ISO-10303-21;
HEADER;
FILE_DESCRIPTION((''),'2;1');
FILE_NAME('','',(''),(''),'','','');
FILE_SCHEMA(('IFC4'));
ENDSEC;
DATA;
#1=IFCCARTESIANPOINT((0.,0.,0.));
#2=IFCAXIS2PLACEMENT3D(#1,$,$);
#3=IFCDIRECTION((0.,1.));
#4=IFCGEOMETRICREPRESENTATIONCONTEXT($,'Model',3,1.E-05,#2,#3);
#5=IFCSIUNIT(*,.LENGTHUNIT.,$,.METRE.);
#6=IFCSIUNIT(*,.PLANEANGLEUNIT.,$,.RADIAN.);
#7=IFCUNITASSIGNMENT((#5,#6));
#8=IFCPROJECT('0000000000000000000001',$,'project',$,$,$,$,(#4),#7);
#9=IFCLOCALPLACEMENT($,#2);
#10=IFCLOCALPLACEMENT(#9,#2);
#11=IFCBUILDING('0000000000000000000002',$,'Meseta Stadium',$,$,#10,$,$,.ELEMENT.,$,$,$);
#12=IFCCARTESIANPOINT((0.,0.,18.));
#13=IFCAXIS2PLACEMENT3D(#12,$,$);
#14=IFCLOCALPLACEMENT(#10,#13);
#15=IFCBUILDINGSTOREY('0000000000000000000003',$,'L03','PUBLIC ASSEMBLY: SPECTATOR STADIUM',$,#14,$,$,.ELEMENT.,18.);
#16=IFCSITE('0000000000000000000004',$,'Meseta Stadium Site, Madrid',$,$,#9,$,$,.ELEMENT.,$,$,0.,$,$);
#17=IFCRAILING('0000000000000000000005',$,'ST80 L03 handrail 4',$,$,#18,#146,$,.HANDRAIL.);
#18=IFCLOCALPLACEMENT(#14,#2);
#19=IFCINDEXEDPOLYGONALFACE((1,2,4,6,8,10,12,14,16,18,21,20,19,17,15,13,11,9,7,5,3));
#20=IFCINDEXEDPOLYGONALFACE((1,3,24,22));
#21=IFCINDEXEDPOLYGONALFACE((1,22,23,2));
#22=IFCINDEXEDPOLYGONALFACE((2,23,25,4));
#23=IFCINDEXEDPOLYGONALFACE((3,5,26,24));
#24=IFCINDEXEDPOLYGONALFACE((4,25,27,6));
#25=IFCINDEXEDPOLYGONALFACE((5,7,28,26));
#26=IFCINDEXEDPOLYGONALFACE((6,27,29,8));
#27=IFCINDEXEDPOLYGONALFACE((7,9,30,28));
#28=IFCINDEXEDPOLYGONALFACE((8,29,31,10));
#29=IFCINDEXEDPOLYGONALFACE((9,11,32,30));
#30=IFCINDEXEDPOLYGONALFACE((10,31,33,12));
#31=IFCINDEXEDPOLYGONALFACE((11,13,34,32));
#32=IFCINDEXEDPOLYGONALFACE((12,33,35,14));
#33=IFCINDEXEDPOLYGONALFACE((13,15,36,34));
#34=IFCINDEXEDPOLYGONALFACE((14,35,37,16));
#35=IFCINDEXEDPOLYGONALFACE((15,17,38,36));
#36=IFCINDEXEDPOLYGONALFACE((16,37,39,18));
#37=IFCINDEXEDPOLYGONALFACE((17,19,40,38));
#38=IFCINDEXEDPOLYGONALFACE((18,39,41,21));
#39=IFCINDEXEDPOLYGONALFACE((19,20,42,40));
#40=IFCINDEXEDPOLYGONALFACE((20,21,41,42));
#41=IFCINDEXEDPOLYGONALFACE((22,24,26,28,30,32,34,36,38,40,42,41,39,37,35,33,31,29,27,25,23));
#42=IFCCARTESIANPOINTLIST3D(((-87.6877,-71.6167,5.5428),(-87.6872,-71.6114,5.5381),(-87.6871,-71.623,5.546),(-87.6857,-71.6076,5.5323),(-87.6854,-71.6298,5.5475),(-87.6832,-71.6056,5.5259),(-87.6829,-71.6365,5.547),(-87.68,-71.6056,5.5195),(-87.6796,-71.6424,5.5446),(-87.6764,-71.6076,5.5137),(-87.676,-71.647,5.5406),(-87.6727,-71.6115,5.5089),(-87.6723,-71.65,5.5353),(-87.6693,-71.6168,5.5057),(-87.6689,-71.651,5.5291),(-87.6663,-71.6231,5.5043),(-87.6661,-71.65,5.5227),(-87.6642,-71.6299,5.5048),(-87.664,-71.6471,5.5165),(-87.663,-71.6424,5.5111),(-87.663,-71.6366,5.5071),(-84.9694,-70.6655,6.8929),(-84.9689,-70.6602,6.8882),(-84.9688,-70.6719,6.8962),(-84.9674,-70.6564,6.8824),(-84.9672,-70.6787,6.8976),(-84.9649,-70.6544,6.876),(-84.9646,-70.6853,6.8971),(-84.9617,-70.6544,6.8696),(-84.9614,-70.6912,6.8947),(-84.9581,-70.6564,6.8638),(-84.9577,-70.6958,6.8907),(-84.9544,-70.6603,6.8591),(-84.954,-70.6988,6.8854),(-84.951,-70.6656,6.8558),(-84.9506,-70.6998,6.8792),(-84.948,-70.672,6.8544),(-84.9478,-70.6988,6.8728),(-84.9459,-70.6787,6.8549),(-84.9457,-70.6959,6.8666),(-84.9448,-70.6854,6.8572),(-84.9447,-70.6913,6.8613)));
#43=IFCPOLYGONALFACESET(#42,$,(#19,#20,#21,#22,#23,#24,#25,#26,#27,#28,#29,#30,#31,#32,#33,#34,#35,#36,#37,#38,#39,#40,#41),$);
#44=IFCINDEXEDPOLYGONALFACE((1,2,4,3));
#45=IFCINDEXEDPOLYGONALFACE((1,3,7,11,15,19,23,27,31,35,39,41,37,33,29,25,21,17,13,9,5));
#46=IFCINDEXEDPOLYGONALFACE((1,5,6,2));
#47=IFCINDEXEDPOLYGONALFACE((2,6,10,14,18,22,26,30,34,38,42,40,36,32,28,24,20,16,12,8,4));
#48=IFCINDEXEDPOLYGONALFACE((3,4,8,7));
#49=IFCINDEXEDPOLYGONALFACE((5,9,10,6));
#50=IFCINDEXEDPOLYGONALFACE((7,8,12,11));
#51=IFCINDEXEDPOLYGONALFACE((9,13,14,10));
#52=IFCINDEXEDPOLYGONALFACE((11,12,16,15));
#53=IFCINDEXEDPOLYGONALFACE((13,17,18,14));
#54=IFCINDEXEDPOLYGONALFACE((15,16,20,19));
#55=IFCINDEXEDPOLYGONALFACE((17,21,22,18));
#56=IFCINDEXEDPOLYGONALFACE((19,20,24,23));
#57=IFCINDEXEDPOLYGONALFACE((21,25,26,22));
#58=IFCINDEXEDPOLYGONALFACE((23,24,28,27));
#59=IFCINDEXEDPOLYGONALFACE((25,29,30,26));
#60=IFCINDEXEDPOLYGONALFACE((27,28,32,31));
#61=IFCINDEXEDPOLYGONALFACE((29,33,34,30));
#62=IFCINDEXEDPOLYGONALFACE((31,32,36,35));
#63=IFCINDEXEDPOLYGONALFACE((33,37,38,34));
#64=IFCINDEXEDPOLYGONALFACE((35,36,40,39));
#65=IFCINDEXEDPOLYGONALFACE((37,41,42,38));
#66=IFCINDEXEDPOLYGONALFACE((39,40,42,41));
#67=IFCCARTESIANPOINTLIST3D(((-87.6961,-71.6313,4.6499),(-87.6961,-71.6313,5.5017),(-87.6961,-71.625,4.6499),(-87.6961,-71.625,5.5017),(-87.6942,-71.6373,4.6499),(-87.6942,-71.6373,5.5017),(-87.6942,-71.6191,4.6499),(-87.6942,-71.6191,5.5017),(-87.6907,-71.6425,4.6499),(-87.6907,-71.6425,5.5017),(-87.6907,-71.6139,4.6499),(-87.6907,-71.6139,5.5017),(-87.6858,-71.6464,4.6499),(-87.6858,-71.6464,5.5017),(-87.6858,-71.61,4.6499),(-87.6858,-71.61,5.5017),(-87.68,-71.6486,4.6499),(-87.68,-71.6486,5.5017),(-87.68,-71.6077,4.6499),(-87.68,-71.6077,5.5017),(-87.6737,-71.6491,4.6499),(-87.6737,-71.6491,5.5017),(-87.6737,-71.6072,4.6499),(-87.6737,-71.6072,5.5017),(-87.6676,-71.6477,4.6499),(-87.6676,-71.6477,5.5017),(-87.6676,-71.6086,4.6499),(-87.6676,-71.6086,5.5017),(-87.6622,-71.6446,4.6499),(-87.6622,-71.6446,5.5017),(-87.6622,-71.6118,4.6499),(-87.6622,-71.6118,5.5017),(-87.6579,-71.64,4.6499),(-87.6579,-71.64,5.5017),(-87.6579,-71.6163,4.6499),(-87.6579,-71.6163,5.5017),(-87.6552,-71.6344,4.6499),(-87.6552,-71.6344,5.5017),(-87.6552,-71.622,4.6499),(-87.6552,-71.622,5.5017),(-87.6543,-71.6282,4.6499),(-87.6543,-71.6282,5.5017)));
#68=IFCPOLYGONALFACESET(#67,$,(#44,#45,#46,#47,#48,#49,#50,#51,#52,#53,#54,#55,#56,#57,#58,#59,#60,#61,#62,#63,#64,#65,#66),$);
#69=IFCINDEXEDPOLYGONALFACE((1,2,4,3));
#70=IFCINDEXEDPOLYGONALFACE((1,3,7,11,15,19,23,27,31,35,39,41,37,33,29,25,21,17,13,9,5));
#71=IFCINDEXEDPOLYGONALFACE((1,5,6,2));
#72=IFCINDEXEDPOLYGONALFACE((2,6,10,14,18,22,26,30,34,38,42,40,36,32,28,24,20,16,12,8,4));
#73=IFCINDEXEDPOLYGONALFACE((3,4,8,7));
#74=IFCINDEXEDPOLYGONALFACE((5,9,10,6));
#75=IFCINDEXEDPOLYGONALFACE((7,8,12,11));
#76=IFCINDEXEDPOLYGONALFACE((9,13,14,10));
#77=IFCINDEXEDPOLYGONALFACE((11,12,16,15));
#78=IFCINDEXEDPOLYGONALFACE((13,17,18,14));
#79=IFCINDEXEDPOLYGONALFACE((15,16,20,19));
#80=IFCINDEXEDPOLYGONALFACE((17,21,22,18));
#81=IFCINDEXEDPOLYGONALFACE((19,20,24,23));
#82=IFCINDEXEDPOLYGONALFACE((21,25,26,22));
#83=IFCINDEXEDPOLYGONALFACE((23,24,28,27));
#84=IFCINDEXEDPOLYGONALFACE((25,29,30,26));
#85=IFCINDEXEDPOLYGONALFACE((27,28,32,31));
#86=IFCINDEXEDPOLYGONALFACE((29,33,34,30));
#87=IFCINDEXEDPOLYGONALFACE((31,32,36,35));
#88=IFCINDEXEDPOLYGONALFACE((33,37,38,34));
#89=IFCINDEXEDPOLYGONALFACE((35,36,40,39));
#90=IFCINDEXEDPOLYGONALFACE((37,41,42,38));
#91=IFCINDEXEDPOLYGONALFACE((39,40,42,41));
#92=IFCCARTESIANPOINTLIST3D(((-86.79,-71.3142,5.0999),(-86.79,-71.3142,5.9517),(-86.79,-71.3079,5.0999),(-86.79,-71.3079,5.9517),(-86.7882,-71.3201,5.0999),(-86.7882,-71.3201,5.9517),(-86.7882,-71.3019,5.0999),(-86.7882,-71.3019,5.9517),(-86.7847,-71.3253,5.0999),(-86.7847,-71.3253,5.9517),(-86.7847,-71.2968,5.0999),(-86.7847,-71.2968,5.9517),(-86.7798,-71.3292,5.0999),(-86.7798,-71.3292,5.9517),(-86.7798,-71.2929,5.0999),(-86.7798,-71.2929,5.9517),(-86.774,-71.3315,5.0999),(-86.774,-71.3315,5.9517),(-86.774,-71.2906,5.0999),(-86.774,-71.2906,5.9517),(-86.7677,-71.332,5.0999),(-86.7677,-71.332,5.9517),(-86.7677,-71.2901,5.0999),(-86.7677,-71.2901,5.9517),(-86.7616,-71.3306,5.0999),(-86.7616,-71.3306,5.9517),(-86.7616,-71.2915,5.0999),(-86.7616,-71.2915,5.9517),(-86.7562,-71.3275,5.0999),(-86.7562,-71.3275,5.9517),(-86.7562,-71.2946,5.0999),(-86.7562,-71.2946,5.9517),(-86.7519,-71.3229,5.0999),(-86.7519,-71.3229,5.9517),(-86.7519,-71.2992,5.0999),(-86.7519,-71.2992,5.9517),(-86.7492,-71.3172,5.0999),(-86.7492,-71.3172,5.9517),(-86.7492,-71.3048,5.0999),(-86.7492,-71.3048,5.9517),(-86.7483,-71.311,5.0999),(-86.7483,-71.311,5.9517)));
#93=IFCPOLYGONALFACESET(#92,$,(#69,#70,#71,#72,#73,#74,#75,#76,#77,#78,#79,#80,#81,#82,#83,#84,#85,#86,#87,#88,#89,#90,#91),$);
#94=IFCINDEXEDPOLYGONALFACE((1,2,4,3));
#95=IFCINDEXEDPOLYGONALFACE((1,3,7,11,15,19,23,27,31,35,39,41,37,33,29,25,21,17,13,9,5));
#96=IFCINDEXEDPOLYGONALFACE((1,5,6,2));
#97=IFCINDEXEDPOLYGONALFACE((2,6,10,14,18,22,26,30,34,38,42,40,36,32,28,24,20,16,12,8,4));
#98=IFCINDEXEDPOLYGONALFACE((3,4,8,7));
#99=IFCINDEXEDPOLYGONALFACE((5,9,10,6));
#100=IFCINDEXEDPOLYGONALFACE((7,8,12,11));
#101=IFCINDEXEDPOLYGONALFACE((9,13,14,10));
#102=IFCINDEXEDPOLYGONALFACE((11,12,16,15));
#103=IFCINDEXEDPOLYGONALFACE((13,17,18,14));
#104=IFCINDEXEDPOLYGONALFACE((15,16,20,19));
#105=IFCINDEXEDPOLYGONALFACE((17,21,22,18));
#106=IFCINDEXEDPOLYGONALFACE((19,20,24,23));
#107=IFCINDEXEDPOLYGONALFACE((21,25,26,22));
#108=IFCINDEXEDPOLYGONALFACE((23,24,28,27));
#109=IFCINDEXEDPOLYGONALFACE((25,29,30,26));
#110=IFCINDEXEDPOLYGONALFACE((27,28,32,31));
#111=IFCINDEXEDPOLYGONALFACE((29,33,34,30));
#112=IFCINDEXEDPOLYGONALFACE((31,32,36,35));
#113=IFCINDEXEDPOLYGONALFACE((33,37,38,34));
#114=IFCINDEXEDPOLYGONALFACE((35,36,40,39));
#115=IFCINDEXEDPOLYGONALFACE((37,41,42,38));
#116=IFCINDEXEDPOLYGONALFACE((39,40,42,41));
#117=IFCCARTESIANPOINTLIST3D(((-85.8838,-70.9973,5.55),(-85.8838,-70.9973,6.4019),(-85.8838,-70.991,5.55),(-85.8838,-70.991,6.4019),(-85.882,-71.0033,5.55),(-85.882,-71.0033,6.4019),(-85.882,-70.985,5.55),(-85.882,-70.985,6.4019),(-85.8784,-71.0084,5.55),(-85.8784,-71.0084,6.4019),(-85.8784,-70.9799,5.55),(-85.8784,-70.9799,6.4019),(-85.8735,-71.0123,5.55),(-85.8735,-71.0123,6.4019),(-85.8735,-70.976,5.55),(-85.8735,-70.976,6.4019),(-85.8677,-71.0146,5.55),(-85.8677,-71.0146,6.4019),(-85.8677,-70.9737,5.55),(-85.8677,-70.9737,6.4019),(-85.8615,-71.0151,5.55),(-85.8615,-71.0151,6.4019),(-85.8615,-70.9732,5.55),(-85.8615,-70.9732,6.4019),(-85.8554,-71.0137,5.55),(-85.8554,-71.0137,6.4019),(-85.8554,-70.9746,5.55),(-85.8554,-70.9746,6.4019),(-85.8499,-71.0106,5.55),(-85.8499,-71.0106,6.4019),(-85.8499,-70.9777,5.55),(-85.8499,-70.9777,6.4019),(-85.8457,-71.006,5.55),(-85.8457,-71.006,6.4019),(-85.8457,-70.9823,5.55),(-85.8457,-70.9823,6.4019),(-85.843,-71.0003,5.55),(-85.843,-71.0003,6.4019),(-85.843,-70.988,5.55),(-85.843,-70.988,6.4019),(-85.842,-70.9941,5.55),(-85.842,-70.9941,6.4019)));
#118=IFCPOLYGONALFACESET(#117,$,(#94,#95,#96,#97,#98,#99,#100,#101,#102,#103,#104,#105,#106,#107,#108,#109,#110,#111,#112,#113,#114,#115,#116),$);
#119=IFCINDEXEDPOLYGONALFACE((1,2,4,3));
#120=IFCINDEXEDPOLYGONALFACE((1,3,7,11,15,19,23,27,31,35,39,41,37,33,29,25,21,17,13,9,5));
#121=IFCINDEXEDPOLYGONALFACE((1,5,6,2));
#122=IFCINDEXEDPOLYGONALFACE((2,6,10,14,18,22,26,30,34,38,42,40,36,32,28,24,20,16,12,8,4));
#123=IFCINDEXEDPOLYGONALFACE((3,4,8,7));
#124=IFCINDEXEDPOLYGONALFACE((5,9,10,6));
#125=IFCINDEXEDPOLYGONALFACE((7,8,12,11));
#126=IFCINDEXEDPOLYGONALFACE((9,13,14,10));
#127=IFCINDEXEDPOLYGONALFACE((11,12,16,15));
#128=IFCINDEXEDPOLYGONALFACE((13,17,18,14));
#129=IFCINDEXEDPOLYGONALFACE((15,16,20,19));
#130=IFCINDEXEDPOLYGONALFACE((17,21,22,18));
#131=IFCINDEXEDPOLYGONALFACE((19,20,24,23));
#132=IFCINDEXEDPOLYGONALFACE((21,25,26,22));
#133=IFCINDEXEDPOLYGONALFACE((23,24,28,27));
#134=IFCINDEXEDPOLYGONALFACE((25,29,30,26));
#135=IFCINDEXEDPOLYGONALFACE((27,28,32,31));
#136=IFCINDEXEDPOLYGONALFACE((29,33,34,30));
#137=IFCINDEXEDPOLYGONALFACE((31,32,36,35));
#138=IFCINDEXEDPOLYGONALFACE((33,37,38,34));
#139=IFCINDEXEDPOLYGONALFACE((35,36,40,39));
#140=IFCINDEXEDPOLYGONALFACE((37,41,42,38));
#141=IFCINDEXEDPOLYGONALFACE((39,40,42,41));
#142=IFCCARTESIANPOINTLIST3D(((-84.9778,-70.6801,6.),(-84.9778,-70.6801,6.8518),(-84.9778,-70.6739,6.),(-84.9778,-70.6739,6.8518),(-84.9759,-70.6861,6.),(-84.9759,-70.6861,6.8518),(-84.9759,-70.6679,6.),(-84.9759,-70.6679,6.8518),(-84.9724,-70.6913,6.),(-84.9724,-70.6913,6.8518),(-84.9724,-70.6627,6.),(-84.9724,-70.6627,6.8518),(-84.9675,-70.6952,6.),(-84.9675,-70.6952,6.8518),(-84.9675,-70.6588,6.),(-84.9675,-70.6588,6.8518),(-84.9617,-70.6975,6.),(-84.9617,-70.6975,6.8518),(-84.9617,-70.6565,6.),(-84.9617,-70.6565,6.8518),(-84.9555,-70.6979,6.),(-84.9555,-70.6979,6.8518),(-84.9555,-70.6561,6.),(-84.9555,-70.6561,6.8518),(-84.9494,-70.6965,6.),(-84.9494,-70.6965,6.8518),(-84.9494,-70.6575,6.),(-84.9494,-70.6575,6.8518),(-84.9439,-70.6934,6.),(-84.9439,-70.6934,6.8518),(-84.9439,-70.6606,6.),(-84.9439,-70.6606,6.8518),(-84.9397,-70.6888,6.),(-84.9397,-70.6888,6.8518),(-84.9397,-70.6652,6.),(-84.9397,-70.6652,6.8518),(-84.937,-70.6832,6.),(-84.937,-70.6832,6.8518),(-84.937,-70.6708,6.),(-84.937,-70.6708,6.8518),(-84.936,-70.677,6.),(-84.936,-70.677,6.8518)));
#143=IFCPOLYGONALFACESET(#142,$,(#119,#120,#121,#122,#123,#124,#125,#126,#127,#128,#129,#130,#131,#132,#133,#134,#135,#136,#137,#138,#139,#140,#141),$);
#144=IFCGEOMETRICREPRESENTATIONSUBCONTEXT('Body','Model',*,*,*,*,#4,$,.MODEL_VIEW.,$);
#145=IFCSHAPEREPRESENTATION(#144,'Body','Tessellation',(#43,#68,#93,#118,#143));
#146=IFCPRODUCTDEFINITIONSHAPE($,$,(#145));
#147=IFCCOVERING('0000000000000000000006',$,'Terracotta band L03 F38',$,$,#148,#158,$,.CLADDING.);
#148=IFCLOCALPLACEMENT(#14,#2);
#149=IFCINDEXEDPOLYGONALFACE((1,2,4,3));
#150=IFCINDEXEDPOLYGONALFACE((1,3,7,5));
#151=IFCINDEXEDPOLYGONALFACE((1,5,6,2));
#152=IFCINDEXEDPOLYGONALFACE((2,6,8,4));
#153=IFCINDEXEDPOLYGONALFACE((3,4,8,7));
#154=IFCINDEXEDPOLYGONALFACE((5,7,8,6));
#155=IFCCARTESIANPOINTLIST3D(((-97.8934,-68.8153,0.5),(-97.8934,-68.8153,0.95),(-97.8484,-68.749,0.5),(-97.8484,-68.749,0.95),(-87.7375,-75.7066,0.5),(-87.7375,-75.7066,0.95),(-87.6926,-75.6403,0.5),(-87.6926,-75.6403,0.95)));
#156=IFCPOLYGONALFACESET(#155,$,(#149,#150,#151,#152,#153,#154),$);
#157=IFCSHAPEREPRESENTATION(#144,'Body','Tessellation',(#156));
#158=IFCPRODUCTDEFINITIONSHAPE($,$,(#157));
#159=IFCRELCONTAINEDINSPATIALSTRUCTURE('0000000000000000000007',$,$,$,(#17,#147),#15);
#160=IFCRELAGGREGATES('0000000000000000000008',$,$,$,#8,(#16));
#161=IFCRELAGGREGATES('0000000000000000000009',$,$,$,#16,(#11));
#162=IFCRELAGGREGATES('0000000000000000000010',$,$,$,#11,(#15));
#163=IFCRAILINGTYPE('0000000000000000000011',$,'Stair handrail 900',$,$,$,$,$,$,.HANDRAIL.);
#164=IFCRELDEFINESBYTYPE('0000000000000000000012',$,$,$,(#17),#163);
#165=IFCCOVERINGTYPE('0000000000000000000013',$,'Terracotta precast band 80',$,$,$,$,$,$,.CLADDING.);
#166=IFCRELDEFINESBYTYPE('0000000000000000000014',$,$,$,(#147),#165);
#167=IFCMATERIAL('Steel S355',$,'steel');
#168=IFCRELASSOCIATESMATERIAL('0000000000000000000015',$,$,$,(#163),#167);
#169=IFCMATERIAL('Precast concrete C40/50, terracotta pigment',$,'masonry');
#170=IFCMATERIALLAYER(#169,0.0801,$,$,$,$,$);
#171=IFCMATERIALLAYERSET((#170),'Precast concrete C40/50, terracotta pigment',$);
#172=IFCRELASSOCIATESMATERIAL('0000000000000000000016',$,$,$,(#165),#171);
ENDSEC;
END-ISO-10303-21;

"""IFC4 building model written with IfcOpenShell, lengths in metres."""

from ifc_helpers import new_model, si_unit, direction, frame, origin, origin_2d, place, context, subcontext, project, spatial, rectangle, circle, extrude, material, layer, layer_set, type_object, element, save


model = new_model("IFC4")

# Units and contexts
model_context = context("Model", 3, precision=1e-05, world=origin(), true_north=direction((0.0, 1.0)))
body_context = subcontext(model_context, "Body", "Model", "MODEL_VIEW")
ifc_project = project(units=[si_unit("LENGTHUNIT", "METRE"), si_unit("PLANEANGLEUNIT", "RADIAN")], contexts=[model_context])

# Site, building, storey
site_placement = place(None, origin())
site = spatial("IfcSite", under=ifc_project, at=site_placement, Name="Meseta Stadium Site, Madrid", CompositionType="ELEMENT", RefElevation=0.0)
building_placement = place(site_placement, origin())
building = spatial("IfcBuilding", under=site, at=building_placement, Name="Meseta Stadium", CompositionType="ELEMENT")
storey_placement = place(building_placement, frame((0.0, 0.0, 18.0)))
storey = spatial("IfcBuildingStorey", under=building, at=storey_placement, Name="L03", Description="PUBLIC ASSEMBLY: SPECTATOR STADIUM", CompositionType="ELEMENT", Elevation=18.0)

# Railing
ifc_material_1 = material(Name="Steel S355", Category="steel")
railing_type_1 = type_object("IfcRailingType", Name="Stair handrail 900", PredefinedType="HANDRAIL", material=ifc_material_1)
for number, where, name in (
    (1, (-87.6753, -71.6282, 4.6499), "ST80 L03 handrail 4"),
):
    element("IfcRailing", number, at=place(storey_placement, frame(where)), inside=storey, type_object=railing_type_1, Name=name, PredefinedType="HANDRAIL", context=body_context, shape_type="SweptSolid", body=[
        extrude(circle(Radius=0.0239, at=origin_2d()), frame((0.0, 0.0, 0.876), z_axis=(0.854629, 0.299051, 0.424474), x_axis=(-0.330282, 0.943882, 0.0)), (0.0, 0.0, 1.0), 3.1807),
        extrude(circle(Radius=0.021, at=origin_2d()), origin(), (0.0, 0.0, 1.0), 0.8518),
        extrude(circle(Radius=0.021, at=origin_2d()), frame((0.906, 0.3171, 0.45)), (0.0, 0.0, 1.0), 0.8518),
        extrude(circle(Radius=0.021, at=origin_2d()), frame((1.8123, 0.634, 0.9001)), (0.0, 0.0, 1.0), 0.8518),
        extrude(circle(Radius=0.021, at=origin_2d()), frame((2.7183, 0.9512, 1.3501)), (0.0, 0.0, 1.0), 0.8518),
    ])

# Covering
ifc_material_2 = material(Name="Precast concrete C40/50, terracotta pigment", Category="masonry")
ifc_layer_1 = layer(ifc_material_2, 0.0801)
ifc_layer_set_1 = layer_set([ifc_layer_1], Name="Precast concrete C40/50, terracotta pigment")
covering_type_1 = type_object("IfcCoveringType", Name="Terracotta precast band 80", PredefinedType="CLADDING", material=ifc_layer_set_1)
covering_1_placement = place(storey_placement, frame((-92.793, -72.2278, 0.5), z_axis=(0.0, 0.0, 1.0), x_axis=(-0.827484, 0.56149, 0.0)))
element("IfcCovering", 2, at=covering_1_placement, inside=storey, type_object=covering_type_1, Name="Terracotta band L03 F38", PredefinedType="CLADDING", context=body_context, shape_type="SweptSolid", body=[
    extrude(rectangle(XDim=12.2732, YDim=0.0801, at=origin_2d()), origin(), (0.0, 0.0, 1.0), 0.45),
])

save(model, "model.ifc")
